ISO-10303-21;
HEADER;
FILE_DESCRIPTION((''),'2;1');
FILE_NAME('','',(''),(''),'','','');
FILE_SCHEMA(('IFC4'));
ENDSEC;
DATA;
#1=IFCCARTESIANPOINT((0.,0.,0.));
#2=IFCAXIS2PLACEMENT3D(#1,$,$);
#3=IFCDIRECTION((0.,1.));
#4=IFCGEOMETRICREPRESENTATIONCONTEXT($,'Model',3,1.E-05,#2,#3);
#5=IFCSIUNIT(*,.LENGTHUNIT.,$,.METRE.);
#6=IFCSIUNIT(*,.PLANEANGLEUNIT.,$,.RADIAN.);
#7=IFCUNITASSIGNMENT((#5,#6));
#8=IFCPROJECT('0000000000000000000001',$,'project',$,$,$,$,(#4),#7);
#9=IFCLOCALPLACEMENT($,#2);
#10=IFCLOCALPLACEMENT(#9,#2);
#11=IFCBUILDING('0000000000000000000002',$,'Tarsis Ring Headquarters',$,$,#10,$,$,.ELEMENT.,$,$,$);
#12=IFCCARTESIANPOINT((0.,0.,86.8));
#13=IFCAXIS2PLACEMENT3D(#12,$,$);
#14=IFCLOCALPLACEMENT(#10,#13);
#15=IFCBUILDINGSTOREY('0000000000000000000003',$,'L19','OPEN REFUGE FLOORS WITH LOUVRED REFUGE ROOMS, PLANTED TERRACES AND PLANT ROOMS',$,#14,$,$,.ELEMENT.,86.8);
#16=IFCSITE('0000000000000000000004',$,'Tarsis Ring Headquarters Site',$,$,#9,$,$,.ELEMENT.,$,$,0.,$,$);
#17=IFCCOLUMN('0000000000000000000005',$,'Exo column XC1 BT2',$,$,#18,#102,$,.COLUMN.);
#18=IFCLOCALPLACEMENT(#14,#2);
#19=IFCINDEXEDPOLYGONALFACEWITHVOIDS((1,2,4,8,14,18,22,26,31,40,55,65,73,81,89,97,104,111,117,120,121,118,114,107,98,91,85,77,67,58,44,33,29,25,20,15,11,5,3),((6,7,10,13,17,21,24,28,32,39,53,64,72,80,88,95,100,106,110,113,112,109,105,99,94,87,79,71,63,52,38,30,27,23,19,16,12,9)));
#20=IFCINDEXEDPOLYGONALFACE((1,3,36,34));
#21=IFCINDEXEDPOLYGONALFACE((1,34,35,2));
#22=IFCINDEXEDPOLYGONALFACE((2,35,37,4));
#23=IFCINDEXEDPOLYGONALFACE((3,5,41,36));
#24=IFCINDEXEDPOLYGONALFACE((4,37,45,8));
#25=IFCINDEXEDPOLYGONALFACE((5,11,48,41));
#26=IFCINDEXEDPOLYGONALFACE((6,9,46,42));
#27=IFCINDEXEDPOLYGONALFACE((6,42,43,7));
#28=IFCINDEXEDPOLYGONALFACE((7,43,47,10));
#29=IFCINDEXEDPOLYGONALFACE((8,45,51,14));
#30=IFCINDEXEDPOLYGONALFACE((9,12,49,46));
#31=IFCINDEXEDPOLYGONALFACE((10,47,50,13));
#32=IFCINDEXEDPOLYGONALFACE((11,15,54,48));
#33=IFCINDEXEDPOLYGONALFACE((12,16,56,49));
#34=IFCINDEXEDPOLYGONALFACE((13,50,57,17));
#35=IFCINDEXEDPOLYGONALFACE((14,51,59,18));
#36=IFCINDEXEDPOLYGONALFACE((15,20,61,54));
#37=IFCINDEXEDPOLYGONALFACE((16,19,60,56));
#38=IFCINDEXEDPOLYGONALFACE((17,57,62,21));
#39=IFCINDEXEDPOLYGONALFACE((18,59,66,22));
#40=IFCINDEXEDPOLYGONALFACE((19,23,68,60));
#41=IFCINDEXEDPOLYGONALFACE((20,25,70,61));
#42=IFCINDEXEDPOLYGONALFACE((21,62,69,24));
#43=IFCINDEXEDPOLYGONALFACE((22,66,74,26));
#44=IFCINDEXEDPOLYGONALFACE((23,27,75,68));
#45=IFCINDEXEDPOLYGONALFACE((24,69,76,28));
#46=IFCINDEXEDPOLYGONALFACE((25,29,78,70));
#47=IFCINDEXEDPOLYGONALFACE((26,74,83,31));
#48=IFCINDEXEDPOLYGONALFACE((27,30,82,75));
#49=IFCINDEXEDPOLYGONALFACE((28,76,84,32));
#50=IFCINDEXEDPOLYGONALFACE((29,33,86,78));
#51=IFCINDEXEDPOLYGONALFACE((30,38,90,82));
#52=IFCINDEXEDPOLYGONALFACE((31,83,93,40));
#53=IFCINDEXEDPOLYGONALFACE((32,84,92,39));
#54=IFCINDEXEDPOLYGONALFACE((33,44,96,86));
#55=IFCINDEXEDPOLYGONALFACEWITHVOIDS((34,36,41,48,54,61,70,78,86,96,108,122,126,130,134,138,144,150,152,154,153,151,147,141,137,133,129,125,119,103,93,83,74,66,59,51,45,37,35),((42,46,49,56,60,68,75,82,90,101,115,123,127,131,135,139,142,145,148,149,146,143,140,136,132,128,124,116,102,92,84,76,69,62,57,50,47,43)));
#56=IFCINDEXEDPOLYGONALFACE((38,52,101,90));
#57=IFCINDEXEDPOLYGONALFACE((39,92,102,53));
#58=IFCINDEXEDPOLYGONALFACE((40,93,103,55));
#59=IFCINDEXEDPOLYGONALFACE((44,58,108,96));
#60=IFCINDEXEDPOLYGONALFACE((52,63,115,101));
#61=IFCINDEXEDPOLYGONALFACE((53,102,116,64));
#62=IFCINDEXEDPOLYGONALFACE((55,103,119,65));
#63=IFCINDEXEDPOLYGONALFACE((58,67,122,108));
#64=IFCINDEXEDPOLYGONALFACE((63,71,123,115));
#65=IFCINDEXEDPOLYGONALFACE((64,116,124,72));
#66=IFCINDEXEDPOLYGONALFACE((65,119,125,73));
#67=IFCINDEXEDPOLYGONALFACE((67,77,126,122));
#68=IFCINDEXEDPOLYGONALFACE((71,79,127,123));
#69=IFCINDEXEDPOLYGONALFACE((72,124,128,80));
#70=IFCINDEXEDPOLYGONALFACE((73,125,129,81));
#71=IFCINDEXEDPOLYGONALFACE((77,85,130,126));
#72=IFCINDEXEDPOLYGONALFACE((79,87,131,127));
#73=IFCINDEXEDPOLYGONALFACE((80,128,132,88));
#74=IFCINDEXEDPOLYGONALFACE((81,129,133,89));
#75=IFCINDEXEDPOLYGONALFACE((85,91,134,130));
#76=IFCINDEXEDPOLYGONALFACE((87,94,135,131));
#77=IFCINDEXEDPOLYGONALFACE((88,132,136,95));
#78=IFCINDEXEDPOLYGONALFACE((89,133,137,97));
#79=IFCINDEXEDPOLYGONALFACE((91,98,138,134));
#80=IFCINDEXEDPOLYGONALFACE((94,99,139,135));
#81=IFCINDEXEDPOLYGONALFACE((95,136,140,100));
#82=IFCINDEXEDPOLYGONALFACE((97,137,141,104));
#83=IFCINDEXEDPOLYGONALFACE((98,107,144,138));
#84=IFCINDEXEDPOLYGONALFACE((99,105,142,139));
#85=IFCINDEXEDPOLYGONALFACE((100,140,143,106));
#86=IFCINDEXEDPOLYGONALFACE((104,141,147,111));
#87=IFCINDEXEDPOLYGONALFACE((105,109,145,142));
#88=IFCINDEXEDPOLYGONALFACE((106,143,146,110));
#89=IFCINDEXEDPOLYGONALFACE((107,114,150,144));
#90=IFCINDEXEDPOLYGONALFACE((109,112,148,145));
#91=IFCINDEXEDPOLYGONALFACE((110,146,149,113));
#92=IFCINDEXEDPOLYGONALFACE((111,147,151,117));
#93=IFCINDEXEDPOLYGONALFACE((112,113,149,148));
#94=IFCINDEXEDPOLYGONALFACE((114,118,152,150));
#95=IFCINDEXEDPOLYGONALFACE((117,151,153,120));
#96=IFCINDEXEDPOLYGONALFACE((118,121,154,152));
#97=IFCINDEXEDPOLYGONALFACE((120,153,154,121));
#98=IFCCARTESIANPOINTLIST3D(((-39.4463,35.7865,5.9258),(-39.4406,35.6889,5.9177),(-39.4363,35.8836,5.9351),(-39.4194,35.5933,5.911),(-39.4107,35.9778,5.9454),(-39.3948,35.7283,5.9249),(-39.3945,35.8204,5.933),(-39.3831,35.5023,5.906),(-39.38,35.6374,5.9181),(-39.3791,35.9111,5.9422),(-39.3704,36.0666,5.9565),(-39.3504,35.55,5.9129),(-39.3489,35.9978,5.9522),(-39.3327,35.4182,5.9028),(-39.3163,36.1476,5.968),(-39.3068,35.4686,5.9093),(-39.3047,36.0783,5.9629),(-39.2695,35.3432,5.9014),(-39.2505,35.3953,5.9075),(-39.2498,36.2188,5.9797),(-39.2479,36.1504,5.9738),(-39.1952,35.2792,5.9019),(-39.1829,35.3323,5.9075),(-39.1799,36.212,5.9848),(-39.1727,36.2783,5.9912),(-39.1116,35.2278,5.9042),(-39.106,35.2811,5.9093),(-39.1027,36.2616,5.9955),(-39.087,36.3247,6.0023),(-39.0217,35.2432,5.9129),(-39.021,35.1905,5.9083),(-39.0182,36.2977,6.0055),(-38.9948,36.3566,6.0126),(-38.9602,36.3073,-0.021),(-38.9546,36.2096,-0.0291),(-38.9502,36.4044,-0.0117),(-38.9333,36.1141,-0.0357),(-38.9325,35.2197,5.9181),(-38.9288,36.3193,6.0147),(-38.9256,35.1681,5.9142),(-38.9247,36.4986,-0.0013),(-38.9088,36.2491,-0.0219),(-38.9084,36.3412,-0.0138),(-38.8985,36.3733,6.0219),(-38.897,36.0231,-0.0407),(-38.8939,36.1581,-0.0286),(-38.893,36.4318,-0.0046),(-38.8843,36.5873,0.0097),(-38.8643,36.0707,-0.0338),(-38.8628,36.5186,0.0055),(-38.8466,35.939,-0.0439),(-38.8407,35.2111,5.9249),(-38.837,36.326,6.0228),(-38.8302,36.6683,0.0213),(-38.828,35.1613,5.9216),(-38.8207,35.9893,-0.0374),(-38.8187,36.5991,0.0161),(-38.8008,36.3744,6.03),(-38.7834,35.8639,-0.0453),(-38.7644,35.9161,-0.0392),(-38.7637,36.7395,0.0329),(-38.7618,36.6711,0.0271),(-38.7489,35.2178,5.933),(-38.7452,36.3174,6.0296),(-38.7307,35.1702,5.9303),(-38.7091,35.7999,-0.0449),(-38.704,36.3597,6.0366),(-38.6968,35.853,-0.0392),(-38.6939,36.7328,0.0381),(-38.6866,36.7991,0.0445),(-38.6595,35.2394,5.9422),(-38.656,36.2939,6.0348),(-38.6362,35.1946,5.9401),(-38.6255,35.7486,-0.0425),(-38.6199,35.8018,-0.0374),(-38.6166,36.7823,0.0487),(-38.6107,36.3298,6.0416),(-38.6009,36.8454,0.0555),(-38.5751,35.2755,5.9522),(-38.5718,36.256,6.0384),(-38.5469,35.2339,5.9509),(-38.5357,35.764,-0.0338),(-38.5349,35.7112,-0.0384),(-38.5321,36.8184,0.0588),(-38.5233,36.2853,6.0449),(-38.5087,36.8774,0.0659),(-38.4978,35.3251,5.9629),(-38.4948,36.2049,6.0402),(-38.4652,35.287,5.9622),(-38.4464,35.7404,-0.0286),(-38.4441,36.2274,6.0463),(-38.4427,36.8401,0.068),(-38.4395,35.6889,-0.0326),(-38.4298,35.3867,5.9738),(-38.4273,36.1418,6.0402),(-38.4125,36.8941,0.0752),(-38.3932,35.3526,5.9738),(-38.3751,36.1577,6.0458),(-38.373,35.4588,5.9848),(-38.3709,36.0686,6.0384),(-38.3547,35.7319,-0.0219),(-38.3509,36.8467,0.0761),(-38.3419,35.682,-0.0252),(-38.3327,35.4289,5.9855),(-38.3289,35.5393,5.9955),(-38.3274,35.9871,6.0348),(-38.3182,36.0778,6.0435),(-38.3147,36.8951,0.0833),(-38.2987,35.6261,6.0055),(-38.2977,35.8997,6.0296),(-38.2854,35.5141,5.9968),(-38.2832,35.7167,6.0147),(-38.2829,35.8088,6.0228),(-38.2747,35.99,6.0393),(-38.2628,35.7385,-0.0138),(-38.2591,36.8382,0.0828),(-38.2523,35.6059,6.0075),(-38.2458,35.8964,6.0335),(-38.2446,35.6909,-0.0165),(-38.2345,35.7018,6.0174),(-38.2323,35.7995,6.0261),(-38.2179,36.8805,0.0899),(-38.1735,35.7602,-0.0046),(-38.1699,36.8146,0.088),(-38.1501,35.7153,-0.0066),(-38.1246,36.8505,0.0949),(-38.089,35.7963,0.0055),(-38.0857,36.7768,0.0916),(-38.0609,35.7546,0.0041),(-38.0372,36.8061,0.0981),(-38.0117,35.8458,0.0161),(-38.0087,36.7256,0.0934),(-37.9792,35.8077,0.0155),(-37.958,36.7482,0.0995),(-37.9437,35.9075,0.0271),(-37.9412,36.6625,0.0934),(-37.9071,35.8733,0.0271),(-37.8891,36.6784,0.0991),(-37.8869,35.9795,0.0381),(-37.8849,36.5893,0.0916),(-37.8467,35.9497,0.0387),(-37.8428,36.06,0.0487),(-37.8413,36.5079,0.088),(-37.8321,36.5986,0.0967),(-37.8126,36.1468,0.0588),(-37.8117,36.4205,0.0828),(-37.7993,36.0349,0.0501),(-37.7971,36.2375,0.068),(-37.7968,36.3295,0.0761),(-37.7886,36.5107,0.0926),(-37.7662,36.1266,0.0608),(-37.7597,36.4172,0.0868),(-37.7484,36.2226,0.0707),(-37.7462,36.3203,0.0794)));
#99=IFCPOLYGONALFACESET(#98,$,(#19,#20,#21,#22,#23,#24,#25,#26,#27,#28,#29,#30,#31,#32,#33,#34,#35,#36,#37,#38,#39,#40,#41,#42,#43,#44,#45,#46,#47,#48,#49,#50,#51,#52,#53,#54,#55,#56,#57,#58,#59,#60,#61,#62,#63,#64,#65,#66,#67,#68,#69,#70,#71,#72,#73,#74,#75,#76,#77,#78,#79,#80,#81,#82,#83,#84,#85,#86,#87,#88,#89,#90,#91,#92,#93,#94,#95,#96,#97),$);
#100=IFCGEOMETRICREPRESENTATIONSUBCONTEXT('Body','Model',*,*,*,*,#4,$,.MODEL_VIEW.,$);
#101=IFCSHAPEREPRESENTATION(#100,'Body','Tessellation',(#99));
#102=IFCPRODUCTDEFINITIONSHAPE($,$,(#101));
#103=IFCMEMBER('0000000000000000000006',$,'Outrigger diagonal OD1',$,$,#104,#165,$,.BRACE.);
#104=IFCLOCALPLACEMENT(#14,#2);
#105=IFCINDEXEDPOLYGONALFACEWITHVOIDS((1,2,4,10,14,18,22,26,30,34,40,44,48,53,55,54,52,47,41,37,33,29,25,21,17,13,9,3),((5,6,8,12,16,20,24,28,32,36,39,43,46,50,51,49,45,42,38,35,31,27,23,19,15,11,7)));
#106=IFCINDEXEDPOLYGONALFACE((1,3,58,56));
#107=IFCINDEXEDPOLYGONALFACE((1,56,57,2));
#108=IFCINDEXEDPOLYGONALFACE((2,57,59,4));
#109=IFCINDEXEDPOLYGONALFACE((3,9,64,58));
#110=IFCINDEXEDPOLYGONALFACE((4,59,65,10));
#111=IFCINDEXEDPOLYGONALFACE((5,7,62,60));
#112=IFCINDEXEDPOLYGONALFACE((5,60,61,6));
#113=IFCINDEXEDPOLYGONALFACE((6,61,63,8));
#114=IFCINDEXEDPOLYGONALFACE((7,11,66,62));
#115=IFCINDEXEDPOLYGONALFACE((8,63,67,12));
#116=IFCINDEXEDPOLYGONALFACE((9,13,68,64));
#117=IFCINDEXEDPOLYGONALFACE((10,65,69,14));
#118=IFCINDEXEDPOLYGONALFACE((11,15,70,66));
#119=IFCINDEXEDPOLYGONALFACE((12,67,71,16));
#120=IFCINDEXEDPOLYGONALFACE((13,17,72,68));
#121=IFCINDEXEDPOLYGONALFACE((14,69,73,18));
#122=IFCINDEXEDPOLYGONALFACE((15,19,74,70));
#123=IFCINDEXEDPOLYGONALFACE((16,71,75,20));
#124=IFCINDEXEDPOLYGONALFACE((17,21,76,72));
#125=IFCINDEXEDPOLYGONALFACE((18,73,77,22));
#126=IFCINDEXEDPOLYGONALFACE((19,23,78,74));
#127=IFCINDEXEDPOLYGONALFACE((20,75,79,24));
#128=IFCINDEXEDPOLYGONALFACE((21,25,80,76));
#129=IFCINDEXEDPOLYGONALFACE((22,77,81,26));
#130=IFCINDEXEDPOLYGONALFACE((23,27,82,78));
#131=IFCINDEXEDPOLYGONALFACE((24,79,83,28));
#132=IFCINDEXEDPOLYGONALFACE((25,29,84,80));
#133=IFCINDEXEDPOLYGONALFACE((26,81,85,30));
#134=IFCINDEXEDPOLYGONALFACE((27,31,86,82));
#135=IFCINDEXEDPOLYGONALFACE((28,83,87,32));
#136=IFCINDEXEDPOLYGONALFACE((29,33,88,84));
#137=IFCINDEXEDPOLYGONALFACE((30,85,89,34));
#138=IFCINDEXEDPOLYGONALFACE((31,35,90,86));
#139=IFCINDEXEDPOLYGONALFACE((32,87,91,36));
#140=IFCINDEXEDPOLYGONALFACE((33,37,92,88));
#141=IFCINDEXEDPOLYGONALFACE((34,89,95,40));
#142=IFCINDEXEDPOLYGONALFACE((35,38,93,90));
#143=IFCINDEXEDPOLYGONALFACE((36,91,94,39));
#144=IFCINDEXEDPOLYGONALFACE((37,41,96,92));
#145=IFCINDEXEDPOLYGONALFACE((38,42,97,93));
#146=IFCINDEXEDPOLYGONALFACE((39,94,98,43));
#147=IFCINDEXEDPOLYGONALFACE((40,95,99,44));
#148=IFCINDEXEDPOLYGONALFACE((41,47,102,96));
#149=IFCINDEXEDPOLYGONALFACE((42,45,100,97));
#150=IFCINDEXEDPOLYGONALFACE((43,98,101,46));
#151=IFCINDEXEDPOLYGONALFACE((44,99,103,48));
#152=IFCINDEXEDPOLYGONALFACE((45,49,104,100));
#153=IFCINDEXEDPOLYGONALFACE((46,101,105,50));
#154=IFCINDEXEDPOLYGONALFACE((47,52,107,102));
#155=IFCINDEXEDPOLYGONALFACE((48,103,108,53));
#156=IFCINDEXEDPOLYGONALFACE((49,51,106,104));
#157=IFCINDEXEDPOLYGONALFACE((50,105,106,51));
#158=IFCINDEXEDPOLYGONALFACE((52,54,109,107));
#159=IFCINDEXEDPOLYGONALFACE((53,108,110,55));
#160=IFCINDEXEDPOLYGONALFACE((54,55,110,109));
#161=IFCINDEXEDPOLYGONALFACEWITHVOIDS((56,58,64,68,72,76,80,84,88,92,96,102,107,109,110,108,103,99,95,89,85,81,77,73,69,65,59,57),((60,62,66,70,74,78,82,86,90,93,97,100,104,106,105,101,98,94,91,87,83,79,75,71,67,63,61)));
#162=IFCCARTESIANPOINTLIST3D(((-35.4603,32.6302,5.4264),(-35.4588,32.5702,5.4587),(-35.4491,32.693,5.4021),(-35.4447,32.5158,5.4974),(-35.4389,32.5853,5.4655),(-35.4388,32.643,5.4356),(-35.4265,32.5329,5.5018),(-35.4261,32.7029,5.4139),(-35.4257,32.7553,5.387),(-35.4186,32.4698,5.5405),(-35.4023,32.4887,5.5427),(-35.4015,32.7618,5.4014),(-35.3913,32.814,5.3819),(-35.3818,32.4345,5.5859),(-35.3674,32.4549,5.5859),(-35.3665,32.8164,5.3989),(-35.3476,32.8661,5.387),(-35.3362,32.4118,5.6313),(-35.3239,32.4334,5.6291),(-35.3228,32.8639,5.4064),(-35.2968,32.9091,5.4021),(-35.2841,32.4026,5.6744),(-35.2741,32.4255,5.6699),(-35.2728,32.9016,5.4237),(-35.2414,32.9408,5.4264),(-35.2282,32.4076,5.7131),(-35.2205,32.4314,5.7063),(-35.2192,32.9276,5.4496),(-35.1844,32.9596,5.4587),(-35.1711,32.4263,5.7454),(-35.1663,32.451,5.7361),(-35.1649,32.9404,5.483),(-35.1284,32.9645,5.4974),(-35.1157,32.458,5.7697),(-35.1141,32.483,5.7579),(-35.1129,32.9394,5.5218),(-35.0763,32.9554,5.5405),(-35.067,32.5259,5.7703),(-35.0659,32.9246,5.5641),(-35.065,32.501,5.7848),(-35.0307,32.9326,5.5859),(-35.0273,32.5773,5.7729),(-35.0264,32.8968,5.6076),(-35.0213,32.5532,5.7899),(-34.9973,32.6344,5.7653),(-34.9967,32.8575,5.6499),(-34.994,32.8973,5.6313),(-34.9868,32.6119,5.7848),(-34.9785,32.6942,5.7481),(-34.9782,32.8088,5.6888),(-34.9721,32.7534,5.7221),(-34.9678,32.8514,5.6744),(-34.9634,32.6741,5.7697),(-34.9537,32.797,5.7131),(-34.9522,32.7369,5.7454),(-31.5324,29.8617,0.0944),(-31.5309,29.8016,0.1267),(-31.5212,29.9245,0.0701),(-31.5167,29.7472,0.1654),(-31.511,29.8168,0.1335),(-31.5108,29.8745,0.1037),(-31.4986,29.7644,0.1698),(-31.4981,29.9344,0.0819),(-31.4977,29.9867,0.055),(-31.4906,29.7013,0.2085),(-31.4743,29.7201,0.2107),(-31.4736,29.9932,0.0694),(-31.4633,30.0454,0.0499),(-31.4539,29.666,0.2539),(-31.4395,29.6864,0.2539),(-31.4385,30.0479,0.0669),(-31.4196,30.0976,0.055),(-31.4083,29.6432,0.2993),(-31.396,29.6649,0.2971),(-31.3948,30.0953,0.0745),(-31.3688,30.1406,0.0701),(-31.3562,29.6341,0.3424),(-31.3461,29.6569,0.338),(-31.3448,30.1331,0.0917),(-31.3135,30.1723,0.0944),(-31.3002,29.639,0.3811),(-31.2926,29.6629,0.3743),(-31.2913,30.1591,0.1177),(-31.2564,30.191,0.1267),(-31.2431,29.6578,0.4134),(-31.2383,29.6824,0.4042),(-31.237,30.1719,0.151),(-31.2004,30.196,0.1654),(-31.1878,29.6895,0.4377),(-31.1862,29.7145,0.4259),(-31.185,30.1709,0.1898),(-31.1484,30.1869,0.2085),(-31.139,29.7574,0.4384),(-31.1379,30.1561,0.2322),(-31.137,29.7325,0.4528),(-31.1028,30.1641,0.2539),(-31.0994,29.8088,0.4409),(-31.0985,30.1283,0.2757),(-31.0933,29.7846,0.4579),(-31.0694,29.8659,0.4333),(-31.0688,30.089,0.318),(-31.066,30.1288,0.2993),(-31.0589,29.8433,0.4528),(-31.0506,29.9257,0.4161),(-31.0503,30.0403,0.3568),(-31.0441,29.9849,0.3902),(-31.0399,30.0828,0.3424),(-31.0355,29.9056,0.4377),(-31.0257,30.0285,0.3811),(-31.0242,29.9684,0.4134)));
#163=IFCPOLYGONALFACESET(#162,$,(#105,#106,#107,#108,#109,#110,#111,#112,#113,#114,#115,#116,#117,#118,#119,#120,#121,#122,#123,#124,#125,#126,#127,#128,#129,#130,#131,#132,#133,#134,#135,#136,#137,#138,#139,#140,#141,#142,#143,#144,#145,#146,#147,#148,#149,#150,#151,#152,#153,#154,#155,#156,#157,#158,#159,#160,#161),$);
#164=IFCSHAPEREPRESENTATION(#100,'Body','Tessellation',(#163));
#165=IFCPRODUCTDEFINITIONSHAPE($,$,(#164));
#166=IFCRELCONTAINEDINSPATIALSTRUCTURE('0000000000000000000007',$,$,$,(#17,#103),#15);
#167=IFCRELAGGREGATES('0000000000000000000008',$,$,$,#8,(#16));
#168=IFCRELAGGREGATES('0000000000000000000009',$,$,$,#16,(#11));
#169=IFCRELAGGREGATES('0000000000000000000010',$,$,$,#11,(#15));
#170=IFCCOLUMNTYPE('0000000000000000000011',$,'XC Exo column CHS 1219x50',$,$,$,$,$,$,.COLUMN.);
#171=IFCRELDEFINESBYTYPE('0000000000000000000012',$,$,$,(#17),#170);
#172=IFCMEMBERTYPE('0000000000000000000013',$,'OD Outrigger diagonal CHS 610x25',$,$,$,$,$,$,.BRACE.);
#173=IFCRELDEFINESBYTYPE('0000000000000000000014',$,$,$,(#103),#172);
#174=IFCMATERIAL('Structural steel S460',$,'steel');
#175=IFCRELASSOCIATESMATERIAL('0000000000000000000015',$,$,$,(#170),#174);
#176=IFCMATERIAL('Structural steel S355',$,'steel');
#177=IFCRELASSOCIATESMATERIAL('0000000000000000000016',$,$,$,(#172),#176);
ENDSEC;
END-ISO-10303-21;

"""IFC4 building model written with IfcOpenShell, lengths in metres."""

from ifc_helpers import new_model, si_unit, direction, frame, origin, origin_2d, place, context, subcontext, project, spatial, hollow_circle, extrude, material, material_profile, profile_set, type_object, element, save


model = new_model("IFC4")

# Units and contexts
model_context = context("Model", 3, precision=1e-05, world=origin(), true_north=direction((0.0, 1.0)))
body_context = subcontext(model_context, "Body", "Model", "MODEL_VIEW")
ifc_project = project(units=[si_unit("LENGTHUNIT", "METRE"), si_unit("PLANEANGLEUNIT", "RADIAN")], contexts=[model_context])

# Site, building, storey
site_placement = place(None, origin())
site = spatial("IfcSite", under=ifc_project, at=site_placement, Name="Tarsis Ring Headquarters Site", CompositionType="ELEMENT", RefElevation=0.0)
building_placement = place(site_placement, origin())
building = spatial("IfcBuilding", under=site, at=building_placement, Name="Tarsis Ring Headquarters", CompositionType="ELEMENT")
storey_placement = place(building_placement, frame((0.0, 0.0, 86.8)))
storey = spatial("IfcBuildingStorey", under=building, at=storey_placement, Name="L19", Description="OPEN REFUGE FLOORS WITH LOUVRED REFUGE ROOMS, PLANTED TERRACES AND PLANT ROOMS", CompositionType="ELEMENT", Elevation=86.8)

# Column
ifc_material_1 = material(Name="Structural steel S460", Category="steel")
ifc_material_profile_1 = material_profile(ifc_material_1, hollow_circle(Radius=0.6096, WallThickness=0.05, at=origin_2d()), Name="CHS 1219x50")
ifc_profile_set_1 = profile_set([ifc_material_profile_1], Name="Structural steel S460")
column_type = type_object("IfcColumnType", Name="XC Exo column CHS 1219x50", PredefinedType="COLUMN", material=ifc_profile_set_1)
column_placement = place(storey_placement, frame((-38.3528, 36.2893, 0.0271), z_axis=(-0.081159, -0.086947, 0.992902), x_axis=(0.731021, -0.682355, 0.0)))
element("IfcColumn", 1, at=column_placement, inside=storey, type_object=column_type, Name="Exo column XC1 BT2", PredefinedType="COLUMN", context=body_context, shape_type="SweptSolid", body=[
    extrude(hollow_circle(Radius=0.6096, WallThickness=0.05, at=origin_2d()), origin(), (0.0, 0.0, 1.0), 5.9893),
])

# Member
ifc_material_2 = material(Name="Structural steel S355", Category="steel")
ifc_material_profile_2 = material_profile(ifc_material_2, hollow_circle(Radius=0.3047, WallThickness=0.0249, at=origin_2d()), Name="CHS 610x25")
ifc_profile_set_2 = profile_set([ifc_material_profile_2], Name="Structural steel S355")
member_type_1 = type_object("IfcMemberType", Name="OD Outrigger diagonal CHS 610x25", PredefinedType="BRACE", material=ifc_profile_set_2)
member_1_placement = place(storey_placement, frame((-31.2783, 29.915, 0.2539), z_axis=(-0.54722, 0.385697, 0.742824), x_axis=(-0.576109, -0.817373, 0.0)))
element("IfcMember", 2, at=member_1_placement, inside=storey, type_object=member_type_1, Name="Outrigger diagonal OD1", PredefinedType="BRACE", context=body_context, shape_type="SweptSolid", body=[
    extrude(hollow_circle(Radius=0.3047, WallThickness=0.0249, at=origin_2d()), origin(), (0.0, 0.0, 1.0), 7.178),
])

save(model, "model.ifc")
